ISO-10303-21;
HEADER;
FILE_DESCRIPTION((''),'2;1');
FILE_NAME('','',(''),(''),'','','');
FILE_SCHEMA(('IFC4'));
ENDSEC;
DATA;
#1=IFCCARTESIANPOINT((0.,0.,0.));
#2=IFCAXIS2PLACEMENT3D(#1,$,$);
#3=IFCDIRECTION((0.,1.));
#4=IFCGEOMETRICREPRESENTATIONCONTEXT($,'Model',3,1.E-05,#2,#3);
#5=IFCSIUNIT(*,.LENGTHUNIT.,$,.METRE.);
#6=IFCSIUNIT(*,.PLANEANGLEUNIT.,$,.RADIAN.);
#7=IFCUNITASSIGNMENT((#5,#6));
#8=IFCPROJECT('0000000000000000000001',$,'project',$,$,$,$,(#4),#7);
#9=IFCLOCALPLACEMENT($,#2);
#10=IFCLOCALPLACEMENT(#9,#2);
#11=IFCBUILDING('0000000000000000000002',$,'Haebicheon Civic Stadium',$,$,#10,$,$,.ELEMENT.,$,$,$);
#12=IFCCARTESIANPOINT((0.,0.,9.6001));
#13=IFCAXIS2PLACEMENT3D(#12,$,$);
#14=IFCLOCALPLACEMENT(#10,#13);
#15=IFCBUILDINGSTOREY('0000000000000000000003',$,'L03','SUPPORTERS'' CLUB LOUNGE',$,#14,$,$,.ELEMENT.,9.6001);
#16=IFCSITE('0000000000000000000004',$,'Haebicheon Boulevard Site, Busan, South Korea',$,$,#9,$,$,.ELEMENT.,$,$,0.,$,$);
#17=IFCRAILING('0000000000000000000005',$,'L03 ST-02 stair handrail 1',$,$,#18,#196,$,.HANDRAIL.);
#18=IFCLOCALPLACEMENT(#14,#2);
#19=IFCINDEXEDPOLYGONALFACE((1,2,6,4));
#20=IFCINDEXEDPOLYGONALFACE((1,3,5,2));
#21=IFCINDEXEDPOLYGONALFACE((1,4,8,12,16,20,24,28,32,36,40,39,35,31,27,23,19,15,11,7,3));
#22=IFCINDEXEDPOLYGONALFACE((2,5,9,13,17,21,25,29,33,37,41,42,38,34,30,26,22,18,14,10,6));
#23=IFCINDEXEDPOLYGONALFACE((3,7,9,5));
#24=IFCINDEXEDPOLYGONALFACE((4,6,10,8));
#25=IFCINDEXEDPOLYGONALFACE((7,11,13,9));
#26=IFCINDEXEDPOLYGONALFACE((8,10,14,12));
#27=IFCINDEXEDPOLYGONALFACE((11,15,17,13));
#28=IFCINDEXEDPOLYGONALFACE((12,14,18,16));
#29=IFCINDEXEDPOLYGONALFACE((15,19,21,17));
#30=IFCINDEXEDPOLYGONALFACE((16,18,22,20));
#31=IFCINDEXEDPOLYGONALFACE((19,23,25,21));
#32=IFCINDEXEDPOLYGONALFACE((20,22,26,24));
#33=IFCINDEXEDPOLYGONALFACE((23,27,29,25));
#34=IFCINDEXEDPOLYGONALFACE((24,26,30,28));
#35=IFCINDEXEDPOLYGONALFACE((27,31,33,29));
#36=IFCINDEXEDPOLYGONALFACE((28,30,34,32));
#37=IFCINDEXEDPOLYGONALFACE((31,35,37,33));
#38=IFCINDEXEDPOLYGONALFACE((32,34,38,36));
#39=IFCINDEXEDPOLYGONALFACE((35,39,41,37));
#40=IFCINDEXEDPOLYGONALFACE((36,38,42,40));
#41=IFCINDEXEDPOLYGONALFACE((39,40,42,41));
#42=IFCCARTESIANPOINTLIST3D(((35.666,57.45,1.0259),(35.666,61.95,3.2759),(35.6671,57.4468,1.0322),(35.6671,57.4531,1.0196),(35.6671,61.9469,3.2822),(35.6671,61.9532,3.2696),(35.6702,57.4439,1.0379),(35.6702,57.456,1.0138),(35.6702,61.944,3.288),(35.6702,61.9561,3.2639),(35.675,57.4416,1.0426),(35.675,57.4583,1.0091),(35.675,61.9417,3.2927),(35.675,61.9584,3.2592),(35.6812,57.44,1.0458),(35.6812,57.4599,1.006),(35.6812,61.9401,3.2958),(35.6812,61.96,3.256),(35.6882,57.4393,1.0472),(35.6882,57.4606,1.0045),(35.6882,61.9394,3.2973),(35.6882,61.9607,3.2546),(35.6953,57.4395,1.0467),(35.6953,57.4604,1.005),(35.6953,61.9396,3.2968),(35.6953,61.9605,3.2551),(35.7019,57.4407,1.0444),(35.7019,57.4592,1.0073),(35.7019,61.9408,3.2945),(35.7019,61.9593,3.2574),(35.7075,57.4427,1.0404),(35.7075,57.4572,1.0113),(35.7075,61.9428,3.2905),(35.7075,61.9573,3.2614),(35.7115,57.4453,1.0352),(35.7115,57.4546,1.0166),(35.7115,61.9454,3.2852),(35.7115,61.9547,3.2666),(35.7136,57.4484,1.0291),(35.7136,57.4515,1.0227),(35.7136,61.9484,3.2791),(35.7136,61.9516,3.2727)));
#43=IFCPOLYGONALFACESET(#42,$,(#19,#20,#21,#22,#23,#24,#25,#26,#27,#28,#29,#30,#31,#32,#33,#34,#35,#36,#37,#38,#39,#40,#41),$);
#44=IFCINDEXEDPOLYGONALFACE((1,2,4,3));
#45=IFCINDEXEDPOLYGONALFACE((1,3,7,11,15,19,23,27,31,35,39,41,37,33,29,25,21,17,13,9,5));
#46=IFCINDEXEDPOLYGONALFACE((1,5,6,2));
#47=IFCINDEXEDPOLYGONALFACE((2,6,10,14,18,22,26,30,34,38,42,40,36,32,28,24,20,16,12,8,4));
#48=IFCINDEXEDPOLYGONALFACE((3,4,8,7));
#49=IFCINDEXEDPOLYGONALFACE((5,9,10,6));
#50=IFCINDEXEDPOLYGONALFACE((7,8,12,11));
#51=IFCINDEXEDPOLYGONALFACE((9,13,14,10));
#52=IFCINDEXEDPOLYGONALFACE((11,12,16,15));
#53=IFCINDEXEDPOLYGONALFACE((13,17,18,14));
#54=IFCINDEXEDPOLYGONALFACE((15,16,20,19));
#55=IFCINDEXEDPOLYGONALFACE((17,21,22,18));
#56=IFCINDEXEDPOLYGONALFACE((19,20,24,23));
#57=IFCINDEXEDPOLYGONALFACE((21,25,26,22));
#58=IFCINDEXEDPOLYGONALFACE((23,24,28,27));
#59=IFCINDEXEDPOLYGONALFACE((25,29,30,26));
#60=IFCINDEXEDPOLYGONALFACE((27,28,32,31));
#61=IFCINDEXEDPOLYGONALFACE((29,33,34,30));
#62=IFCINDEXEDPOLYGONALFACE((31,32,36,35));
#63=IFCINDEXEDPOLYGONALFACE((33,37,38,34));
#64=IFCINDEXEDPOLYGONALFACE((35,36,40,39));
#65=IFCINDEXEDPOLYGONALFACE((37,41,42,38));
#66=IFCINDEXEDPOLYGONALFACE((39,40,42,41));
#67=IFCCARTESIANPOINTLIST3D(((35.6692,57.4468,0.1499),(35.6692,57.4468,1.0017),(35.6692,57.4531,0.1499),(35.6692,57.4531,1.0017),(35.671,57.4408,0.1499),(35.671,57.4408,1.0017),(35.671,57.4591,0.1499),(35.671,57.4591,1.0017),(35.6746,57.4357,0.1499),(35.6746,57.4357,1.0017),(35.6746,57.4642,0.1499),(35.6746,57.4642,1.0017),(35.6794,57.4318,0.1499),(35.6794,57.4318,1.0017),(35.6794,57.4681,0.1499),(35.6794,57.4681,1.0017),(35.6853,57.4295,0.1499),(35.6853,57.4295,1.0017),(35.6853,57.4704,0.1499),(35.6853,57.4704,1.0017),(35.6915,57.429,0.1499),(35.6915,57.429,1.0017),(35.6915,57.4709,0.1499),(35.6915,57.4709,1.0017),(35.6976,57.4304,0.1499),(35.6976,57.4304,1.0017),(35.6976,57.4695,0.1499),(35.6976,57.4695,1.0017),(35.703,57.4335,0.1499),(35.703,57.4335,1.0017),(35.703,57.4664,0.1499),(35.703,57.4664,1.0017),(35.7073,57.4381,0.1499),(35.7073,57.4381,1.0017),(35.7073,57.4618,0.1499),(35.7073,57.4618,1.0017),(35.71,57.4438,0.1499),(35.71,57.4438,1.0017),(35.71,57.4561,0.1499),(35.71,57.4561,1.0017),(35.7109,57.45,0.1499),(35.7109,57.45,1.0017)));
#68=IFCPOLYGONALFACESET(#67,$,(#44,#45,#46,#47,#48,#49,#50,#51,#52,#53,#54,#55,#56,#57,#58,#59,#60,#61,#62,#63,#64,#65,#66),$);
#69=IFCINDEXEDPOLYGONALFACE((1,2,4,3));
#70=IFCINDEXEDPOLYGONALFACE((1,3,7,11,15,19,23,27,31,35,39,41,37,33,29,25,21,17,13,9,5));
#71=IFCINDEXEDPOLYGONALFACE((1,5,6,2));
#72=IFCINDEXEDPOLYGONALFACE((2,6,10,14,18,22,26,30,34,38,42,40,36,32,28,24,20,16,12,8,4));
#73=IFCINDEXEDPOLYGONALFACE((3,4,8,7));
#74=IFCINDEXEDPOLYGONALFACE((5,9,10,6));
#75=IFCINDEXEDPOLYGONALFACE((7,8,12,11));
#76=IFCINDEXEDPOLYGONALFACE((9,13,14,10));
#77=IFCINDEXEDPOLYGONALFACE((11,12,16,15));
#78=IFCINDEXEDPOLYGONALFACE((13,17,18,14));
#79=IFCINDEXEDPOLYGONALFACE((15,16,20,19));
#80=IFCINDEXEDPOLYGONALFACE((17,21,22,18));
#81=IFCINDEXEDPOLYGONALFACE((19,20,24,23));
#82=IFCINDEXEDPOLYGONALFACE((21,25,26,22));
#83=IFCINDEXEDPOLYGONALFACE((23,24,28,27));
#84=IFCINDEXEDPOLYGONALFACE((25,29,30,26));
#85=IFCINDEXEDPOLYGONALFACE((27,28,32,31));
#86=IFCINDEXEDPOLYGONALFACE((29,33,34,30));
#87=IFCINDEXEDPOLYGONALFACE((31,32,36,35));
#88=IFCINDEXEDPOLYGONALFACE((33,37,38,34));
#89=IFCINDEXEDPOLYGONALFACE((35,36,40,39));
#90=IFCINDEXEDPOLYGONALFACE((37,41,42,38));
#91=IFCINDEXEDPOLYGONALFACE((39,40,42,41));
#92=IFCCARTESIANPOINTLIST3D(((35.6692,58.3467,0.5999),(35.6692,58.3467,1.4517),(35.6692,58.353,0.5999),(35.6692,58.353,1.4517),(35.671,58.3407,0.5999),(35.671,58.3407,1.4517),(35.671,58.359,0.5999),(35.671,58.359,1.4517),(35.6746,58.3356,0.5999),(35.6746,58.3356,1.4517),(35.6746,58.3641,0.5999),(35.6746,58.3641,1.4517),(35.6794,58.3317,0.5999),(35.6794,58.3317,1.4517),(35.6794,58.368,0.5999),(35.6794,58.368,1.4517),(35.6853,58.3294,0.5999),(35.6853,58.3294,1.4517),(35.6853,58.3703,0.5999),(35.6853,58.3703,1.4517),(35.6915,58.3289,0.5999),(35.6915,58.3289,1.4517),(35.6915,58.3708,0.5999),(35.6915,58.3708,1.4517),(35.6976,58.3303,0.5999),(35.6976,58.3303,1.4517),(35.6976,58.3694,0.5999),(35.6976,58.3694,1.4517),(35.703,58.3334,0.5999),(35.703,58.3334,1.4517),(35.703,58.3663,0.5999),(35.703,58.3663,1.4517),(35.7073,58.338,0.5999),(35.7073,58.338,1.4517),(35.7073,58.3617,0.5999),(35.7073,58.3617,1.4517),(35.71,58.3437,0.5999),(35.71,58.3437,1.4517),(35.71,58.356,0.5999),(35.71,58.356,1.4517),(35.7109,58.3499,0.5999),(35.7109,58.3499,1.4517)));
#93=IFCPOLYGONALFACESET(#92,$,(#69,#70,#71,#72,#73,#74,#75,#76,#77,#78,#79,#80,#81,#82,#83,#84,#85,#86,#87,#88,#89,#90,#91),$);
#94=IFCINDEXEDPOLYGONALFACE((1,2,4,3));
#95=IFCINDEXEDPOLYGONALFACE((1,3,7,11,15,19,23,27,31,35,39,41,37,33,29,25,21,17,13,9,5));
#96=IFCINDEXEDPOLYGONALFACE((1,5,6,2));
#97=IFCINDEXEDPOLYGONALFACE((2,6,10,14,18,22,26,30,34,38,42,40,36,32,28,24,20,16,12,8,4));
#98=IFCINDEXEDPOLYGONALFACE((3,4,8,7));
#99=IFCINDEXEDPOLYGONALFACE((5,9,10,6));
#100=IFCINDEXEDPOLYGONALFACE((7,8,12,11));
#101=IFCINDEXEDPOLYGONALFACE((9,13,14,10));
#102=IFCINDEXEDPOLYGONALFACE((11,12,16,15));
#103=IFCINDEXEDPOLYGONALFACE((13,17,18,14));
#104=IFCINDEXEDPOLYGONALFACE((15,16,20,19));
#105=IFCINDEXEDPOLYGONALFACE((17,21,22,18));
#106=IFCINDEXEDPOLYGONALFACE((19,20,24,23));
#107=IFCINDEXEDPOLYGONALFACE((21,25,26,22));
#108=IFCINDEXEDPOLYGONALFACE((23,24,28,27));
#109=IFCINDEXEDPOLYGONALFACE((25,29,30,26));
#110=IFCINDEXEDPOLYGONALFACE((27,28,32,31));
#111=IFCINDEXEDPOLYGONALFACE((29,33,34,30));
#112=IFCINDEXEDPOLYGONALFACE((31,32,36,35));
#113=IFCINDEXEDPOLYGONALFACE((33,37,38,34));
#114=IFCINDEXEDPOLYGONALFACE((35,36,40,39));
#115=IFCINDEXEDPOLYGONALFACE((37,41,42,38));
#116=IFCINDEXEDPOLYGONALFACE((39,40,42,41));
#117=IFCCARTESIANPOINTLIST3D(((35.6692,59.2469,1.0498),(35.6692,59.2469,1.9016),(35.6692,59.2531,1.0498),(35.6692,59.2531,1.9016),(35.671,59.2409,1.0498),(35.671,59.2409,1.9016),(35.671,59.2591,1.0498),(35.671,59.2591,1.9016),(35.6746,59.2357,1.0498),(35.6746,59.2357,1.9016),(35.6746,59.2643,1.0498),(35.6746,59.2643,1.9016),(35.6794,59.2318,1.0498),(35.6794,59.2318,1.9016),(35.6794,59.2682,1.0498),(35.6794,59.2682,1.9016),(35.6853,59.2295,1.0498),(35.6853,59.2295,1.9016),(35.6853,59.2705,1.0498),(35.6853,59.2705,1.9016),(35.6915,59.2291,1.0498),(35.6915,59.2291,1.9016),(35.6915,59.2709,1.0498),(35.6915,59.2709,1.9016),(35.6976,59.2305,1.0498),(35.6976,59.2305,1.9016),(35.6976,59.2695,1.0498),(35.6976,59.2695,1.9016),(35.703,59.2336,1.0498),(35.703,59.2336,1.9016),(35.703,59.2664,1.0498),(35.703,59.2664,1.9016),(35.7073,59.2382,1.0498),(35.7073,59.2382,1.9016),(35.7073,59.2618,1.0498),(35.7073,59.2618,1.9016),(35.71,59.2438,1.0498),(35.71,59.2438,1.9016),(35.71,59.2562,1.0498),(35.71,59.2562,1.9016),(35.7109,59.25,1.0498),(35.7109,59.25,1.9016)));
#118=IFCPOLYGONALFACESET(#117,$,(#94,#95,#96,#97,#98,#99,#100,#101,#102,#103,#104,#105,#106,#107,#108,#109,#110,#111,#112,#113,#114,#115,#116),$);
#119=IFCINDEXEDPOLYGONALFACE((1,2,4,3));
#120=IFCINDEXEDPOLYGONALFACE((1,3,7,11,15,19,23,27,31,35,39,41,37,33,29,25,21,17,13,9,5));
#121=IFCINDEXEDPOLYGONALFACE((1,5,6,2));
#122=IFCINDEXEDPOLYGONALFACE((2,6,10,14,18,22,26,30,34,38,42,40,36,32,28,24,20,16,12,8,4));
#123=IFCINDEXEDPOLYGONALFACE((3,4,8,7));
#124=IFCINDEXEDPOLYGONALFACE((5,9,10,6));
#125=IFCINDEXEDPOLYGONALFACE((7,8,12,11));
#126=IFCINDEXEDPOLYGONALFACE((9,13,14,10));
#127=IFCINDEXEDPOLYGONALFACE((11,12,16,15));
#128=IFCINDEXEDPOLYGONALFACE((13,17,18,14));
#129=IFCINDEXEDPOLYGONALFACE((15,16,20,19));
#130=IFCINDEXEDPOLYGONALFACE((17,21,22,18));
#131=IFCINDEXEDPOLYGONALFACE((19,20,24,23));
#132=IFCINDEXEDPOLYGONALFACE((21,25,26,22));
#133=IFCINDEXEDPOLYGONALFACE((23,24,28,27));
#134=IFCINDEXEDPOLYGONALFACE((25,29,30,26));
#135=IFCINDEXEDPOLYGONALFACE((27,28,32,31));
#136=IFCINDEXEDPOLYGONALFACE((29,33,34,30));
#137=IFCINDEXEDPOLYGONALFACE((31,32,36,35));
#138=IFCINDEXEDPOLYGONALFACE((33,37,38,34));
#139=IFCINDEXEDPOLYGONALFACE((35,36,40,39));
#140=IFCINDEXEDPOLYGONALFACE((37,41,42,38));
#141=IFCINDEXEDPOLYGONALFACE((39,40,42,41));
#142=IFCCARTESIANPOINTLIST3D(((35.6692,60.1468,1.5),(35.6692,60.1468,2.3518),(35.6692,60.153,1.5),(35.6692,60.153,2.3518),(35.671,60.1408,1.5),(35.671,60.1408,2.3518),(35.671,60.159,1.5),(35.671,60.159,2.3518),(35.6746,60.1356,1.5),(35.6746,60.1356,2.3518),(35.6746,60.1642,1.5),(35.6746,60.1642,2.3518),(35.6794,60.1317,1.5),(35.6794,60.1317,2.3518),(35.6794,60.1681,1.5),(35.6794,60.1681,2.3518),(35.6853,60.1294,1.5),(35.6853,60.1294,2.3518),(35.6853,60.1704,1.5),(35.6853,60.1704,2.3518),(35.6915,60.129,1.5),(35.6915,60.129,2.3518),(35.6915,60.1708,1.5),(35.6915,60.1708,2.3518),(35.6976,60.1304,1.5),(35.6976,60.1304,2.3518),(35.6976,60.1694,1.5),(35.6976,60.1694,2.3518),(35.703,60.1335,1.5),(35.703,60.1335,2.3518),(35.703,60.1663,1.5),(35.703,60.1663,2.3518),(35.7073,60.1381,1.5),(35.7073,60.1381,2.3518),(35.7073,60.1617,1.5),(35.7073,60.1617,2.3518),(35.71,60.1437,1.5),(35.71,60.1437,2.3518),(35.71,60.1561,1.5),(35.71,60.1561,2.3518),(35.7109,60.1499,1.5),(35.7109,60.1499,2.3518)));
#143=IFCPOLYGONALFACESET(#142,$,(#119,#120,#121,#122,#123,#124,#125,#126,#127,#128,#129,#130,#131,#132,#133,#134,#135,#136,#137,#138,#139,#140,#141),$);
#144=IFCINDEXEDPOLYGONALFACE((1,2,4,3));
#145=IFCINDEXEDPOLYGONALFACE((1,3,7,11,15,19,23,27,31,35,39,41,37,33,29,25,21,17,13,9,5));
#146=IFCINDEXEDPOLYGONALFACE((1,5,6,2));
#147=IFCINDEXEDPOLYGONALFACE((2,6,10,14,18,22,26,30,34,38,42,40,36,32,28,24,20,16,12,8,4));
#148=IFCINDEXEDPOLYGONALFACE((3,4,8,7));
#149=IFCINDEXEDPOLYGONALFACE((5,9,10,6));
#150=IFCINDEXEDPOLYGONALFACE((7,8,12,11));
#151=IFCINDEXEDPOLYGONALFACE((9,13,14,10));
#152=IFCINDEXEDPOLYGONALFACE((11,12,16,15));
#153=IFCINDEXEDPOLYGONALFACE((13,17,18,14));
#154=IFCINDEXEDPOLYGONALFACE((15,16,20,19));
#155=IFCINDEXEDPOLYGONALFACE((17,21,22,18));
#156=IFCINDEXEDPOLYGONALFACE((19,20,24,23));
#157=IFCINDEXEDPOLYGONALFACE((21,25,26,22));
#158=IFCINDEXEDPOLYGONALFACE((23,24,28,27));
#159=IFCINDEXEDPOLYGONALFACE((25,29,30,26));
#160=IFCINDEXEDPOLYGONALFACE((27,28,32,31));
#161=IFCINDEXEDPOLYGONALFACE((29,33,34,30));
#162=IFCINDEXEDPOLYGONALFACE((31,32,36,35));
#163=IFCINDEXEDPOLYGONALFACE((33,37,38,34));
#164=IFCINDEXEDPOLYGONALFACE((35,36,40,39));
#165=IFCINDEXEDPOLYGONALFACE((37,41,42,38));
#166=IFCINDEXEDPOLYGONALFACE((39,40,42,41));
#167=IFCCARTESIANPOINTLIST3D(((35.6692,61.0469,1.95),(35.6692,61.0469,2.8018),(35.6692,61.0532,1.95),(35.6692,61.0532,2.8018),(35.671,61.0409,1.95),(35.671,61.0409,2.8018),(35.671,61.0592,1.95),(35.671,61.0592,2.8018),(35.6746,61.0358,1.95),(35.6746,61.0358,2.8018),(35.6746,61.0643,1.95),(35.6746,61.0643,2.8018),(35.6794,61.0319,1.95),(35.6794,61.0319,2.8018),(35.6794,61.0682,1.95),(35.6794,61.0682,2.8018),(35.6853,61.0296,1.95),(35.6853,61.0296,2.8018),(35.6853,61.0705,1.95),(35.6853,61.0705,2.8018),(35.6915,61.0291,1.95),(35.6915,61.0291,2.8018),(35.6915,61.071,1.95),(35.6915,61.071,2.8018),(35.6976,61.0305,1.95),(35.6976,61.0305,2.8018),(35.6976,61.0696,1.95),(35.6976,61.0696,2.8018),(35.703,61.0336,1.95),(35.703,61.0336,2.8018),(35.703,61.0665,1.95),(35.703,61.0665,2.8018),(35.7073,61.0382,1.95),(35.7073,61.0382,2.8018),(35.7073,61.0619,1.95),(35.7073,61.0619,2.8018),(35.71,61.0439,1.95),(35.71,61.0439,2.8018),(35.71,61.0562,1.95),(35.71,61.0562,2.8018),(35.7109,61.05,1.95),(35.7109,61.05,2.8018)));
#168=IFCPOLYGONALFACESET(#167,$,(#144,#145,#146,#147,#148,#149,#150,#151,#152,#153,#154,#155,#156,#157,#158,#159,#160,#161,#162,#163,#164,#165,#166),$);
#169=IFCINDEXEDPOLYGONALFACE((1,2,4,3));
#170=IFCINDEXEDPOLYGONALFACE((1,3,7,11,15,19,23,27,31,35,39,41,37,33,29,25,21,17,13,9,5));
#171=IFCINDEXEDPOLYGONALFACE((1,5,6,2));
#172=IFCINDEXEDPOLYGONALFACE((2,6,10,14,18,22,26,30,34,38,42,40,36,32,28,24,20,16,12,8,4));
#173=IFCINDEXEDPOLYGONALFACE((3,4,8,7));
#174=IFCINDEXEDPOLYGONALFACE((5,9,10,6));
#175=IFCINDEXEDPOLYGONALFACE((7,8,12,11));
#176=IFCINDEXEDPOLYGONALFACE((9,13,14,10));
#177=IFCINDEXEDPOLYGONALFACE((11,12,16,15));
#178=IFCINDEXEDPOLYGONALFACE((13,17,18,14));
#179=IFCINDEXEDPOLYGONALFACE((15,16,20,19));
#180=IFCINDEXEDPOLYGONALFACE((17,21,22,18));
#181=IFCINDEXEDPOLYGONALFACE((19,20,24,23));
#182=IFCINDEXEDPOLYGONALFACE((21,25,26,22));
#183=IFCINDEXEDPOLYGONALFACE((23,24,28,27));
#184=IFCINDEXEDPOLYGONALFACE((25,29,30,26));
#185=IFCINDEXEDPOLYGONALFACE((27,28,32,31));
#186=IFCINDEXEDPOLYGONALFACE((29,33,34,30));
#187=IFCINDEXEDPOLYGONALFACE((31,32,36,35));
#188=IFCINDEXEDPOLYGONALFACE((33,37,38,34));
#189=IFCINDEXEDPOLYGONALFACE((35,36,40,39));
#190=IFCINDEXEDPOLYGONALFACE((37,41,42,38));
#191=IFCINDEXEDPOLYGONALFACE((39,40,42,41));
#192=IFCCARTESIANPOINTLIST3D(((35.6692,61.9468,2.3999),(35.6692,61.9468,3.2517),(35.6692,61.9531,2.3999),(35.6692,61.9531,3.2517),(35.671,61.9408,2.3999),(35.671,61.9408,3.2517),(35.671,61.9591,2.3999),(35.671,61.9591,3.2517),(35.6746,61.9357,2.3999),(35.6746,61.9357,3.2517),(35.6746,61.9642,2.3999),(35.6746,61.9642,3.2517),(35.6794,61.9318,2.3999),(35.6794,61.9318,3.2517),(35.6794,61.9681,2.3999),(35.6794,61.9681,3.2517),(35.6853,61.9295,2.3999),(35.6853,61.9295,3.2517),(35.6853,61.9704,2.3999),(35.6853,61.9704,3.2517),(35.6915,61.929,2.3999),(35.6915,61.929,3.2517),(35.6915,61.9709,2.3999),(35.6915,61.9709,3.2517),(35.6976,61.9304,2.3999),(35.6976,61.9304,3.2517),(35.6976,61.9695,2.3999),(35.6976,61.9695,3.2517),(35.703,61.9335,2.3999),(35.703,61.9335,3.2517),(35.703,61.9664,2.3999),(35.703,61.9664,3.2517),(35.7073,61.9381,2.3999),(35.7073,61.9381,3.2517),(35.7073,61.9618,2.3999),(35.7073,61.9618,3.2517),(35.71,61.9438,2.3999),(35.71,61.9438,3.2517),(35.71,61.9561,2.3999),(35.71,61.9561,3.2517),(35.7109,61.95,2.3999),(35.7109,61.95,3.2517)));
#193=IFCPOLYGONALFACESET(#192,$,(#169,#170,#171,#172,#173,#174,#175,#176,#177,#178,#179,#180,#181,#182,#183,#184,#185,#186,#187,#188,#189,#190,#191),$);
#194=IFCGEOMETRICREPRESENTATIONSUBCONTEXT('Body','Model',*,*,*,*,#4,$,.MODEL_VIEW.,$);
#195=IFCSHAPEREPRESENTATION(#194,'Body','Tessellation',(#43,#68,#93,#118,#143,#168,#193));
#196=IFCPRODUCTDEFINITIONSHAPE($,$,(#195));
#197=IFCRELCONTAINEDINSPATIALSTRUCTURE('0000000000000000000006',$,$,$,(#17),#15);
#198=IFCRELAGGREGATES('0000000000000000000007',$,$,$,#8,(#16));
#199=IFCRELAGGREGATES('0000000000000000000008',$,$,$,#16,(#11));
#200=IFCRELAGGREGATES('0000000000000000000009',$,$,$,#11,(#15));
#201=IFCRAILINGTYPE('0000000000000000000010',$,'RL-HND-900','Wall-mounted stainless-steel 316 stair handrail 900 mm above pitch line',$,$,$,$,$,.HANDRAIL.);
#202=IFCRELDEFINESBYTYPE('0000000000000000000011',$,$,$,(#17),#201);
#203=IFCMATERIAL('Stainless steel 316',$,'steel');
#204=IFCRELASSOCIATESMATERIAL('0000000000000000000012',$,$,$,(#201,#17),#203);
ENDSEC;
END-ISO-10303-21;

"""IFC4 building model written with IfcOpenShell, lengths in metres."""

from ifc_helpers import new_model, si_unit, direction, frame, origin, origin_2d, place, context, subcontext, project, spatial, circle, extrude, material, type_object, element, save


model = new_model("IFC4")

# Units and contexts
model_context = context("Model", 3, precision=1e-05, world=origin(), true_north=direction((0.0, 1.0)))
body_context = subcontext(model_context, "Body", "Model", "MODEL_VIEW")
ifc_project = project(units=[si_unit("LENGTHUNIT", "METRE"), si_unit("PLANEANGLEUNIT", "RADIAN")], contexts=[model_context])

# Site, building, storey
site_placement = place(None, origin())
site = spatial("IfcSite", under=ifc_project, at=site_placement, Name="Haebicheon Boulevard Site, Busan, South Korea", CompositionType="ELEMENT", RefElevation=0.0)
building_placement = place(site_placement, origin())
building = spatial("IfcBuilding", under=site, at=building_placement, Name="Haebicheon Civic Stadium", CompositionType="ELEMENT")
storey_placement = place(building_placement, frame((0.0, 0.0, 9.6001)))
storey = spatial("IfcBuildingStorey", under=building, at=storey_placement, Name="L03", Description="SUPPORTERS' CLUB LOUNGE", CompositionType="ELEMENT", Elevation=9.6001)

# Railing
ifc_material_1 = material(Name="Stainless steel 316", Category="steel")
railing_type_1 = type_object("IfcRailingType", Name="RL-HND-900", Description="Wall-mounted stainless-steel 316 stair handrail 900 mm above pitch line", PredefinedType="HANDRAIL", material=ifc_material_1)
railing_1_placement = place(storey_placement, frame((35.6899, 57.45, 0.1499)))
element("IfcRailing", 1, at=railing_1_placement, inside=storey, type_object=railing_type_1, material=ifc_material_1, Name="L03 ST-02 stair handrail 1", PredefinedType="HANDRAIL", context=body_context, shape_type="SweptSolid", body=[
    extrude(circle(Radius=0.0239, at=origin_2d()), frame((0.0, 0.0, 0.876), z_axis=(0.0, 0.894427, 0.447214), x_axis=(-1.0, 0.0, 0.0)), (0.0, 0.0, 1.0), 5.0312),
    extrude(circle(Radius=0.021, at=origin_2d()), origin(), (0.0, 0.0, 1.0), 0.8518),
    extrude(circle(Radius=0.021, at=origin_2d()), frame((0.0, 0.8999, 0.45)), (0.0, 0.0, 1.0), 0.8518),
    extrude(circle(Radius=0.021, at=origin_2d()), frame((0.0, 1.8, 0.8999)), (0.0, 0.0, 1.0), 0.8518),
    extrude(circle(Radius=0.021, at=origin_2d()), frame((0.0, 2.7, 1.3501)), (0.0, 0.0, 1.0), 0.8518),
    extrude(circle(Radius=0.021, at=origin_2d()), frame((0.0, 3.6001, 1.8)), (0.0, 0.0, 1.0), 0.8518),
    extrude(circle(Radius=0.021, at=origin_2d()), frame((0.0, 4.5, 2.25)), (0.0, 0.0, 1.0), 0.8518),
])

save(model, "model.ifc")
